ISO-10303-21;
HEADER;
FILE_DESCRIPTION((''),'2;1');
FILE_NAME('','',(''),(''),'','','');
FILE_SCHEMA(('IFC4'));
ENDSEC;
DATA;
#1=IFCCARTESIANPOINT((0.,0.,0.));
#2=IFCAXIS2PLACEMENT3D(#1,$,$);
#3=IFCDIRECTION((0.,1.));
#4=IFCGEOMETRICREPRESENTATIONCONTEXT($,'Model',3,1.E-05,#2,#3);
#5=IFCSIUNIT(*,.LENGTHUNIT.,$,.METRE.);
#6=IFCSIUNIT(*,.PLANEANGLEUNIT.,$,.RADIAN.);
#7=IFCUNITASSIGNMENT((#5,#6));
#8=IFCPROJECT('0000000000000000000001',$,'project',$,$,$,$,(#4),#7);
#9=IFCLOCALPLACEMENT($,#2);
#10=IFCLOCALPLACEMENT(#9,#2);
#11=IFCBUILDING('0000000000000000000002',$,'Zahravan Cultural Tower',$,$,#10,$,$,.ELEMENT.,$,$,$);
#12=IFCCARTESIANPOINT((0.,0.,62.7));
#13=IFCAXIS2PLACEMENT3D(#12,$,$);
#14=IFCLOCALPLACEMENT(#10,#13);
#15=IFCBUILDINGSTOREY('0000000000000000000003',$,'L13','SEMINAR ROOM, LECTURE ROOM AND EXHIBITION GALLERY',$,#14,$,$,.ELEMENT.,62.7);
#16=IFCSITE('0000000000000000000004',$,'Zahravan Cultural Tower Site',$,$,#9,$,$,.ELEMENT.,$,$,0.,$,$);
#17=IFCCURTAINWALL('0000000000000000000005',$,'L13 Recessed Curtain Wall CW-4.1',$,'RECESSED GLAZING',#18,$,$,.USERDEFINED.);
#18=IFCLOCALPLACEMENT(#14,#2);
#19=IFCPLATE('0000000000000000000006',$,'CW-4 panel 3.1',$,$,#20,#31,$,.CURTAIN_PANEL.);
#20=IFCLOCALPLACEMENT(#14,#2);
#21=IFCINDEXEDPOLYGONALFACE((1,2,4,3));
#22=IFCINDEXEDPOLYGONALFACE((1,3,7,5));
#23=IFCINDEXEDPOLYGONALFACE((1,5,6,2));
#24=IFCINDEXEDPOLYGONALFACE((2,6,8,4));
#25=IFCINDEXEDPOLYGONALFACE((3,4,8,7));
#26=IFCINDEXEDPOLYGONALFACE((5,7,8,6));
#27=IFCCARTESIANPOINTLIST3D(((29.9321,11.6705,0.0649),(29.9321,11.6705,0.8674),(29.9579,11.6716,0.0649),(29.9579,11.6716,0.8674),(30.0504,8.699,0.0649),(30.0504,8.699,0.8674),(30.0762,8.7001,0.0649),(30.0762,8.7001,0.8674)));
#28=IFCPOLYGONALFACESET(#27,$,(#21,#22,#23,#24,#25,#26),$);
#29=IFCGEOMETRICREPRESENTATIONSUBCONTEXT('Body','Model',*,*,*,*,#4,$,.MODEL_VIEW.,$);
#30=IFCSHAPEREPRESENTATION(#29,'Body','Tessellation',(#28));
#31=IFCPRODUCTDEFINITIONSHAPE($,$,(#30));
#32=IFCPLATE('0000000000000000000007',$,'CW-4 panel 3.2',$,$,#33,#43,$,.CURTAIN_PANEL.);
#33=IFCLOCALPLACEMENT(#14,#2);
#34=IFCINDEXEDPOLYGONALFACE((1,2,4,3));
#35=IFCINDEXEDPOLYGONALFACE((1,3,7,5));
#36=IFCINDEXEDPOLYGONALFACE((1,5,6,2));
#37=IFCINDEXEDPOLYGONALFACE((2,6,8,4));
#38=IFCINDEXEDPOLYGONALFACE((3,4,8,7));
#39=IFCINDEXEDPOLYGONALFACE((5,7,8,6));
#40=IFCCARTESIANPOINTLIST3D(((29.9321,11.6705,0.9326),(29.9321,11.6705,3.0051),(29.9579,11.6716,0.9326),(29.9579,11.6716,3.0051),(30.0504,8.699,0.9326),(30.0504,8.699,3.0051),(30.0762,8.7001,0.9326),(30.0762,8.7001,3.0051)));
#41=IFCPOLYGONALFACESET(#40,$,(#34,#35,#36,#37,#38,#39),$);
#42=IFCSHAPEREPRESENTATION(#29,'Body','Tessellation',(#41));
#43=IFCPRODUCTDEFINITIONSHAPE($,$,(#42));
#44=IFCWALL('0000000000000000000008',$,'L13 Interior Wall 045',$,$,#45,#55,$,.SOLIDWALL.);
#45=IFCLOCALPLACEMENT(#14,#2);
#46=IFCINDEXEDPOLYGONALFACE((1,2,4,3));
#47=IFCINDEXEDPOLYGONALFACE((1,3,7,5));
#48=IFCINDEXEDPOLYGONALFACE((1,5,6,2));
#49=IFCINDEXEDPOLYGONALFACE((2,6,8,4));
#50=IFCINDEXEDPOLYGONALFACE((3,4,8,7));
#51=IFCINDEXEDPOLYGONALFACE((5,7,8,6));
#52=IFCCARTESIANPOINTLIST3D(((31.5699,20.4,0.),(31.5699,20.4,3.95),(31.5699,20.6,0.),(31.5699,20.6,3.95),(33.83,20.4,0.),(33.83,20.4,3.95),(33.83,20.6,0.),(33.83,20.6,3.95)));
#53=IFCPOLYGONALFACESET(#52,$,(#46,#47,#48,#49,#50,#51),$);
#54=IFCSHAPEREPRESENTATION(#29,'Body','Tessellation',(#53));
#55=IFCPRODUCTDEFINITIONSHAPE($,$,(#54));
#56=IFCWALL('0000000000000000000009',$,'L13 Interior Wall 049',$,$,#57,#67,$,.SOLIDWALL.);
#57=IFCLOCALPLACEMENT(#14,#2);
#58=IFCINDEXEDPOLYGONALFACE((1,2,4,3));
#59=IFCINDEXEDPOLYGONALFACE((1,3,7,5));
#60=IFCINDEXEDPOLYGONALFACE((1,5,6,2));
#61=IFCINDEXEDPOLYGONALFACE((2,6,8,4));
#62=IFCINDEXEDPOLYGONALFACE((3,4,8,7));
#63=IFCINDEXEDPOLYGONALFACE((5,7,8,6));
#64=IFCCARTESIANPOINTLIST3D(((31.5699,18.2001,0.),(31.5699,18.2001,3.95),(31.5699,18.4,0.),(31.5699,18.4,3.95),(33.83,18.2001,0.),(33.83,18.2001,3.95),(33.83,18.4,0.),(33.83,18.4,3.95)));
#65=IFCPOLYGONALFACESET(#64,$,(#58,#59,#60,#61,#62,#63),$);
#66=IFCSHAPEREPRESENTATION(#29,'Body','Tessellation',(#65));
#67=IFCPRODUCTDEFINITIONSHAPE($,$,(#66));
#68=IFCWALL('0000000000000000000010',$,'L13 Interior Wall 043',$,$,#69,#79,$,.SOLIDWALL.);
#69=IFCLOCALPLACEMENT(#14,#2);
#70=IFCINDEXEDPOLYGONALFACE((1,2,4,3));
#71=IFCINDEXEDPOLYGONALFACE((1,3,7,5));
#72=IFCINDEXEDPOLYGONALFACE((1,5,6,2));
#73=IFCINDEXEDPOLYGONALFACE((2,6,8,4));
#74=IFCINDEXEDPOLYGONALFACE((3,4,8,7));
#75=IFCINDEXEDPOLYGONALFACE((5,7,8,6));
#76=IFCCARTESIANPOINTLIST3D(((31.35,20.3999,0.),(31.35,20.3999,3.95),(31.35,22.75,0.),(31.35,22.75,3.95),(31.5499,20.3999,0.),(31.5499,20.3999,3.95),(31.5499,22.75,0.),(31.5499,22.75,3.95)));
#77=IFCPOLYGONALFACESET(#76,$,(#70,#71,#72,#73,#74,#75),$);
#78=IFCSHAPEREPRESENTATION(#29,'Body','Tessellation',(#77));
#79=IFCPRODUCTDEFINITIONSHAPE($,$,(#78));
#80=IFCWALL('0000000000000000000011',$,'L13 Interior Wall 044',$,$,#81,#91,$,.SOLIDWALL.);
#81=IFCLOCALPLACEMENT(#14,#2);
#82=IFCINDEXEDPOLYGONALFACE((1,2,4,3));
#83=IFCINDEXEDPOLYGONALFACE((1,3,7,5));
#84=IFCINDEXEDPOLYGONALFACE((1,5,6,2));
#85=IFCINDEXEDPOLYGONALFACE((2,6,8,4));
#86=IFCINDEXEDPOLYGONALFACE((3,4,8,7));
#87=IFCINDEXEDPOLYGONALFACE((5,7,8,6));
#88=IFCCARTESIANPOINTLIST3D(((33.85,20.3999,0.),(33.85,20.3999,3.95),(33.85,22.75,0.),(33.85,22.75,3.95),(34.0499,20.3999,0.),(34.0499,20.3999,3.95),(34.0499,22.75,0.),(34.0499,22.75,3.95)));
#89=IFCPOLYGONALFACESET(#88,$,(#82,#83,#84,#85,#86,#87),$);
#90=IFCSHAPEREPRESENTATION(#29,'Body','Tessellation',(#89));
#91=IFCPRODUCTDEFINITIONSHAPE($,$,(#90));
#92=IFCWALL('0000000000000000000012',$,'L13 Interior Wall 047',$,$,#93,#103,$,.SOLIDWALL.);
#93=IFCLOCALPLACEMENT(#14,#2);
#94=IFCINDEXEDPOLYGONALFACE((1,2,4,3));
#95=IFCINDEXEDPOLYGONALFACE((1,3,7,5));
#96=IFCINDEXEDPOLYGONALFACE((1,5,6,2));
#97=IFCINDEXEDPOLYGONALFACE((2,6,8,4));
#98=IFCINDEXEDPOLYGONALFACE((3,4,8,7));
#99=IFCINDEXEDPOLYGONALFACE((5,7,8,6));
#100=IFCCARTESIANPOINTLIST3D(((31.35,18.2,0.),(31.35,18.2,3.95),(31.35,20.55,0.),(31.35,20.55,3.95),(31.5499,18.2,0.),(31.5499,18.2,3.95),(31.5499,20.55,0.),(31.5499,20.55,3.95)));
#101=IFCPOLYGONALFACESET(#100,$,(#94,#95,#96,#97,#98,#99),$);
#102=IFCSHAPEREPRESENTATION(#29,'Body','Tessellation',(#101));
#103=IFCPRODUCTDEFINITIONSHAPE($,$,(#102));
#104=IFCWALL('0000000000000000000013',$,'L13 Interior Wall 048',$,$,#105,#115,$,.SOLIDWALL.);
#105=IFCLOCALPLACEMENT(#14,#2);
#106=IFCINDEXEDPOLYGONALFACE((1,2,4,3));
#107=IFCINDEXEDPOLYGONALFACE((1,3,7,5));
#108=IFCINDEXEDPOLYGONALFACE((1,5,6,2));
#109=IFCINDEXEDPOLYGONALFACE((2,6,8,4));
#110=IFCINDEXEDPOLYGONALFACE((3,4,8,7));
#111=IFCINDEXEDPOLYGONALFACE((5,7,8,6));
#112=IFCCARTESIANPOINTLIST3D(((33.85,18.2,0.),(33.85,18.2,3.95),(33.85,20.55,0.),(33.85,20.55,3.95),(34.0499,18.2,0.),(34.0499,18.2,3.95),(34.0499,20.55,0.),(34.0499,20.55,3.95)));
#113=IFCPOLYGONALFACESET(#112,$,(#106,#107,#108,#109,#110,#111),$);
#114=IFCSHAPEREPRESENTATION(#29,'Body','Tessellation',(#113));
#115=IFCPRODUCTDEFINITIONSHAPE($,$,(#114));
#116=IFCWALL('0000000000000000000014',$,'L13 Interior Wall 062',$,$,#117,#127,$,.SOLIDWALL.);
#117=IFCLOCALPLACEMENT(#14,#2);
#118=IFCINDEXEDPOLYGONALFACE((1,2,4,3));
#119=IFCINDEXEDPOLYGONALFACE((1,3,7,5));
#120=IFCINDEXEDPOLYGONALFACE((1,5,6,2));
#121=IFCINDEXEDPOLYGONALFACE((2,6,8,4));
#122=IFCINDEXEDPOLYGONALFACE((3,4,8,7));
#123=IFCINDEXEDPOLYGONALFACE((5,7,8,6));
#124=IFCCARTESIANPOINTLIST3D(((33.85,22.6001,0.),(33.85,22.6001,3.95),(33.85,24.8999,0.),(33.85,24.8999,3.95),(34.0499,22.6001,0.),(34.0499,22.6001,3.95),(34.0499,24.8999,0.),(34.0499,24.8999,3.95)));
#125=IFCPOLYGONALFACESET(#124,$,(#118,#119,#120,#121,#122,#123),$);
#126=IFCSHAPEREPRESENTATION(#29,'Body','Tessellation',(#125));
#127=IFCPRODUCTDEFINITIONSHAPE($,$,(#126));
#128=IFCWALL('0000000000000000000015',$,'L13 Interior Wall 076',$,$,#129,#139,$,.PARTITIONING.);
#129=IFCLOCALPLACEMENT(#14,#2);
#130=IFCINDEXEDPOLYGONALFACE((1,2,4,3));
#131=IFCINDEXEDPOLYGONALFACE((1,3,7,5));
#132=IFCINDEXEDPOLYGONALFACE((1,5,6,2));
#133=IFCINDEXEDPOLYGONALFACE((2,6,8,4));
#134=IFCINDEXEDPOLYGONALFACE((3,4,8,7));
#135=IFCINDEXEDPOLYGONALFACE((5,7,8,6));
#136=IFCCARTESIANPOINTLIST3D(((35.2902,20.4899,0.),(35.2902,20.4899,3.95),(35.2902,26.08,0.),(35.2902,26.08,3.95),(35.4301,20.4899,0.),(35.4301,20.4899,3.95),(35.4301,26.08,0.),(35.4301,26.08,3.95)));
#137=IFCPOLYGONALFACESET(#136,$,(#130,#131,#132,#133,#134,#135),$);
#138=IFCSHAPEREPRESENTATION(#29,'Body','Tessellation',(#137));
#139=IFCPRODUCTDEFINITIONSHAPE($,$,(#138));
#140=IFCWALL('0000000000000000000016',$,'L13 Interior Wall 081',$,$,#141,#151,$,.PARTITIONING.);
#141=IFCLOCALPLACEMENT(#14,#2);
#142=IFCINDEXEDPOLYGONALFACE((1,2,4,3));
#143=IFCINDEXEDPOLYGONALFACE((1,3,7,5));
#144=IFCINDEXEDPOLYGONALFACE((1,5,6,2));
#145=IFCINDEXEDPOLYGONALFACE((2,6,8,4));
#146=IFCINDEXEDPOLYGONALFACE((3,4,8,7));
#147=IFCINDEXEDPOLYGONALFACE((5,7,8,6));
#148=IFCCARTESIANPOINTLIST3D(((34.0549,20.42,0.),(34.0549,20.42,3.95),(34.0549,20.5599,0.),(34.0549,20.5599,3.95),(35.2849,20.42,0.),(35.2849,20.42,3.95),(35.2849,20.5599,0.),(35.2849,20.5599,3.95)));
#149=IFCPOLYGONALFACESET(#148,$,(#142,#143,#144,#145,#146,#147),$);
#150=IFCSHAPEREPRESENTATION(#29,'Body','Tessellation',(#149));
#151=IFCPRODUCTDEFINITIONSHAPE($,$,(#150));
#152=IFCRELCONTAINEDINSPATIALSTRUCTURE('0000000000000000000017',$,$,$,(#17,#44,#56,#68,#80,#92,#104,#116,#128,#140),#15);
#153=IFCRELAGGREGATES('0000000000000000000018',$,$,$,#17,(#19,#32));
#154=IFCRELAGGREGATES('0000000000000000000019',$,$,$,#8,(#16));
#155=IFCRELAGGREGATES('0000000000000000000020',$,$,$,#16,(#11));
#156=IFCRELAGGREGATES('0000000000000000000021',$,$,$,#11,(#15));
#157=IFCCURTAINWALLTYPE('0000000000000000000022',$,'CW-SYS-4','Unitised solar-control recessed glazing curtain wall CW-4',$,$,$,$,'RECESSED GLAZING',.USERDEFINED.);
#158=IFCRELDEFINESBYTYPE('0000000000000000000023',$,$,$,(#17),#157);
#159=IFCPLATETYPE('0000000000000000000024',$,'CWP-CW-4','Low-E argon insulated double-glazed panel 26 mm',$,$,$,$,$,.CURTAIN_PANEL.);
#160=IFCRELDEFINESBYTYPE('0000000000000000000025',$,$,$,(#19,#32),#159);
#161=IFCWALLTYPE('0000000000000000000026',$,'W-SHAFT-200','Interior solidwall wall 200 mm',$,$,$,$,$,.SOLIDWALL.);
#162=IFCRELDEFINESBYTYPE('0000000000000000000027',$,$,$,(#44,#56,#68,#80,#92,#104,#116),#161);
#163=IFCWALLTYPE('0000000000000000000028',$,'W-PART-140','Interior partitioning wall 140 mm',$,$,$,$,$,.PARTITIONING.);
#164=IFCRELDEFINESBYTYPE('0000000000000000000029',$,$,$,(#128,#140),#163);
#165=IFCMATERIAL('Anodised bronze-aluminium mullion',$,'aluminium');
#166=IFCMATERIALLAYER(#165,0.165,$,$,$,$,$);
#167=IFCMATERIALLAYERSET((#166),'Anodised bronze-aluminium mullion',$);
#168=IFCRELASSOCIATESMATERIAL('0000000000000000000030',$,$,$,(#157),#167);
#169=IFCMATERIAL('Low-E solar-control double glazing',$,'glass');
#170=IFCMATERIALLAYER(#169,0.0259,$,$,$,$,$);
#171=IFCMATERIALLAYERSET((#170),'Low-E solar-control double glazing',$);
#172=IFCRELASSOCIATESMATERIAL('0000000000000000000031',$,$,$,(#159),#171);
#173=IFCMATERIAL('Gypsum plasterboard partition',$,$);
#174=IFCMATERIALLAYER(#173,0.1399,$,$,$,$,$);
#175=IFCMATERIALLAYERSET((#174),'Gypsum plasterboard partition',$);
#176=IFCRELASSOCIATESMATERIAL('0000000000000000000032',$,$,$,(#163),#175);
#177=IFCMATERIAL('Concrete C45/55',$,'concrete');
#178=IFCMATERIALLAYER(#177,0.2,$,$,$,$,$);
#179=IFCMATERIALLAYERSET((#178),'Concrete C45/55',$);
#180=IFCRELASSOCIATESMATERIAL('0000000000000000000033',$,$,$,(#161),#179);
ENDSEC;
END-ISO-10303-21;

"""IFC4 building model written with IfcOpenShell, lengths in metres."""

from ifc_helpers import new_model, si_unit, direction, frame, frame_2d, origin, origin_2d, place, context, subcontext, project, spatial, rectangle, extrude, source, transform, mapped, material, layer, layer_set, type_object, element, aggregate, save


model = new_model("IFC4")

# Units and contexts
model_context = context("Model", 3, precision=1e-05, world=origin(), true_north=direction((0.0, 1.0)))
body_context = subcontext(model_context, "Body", "Model", "MODEL_VIEW")
ifc_project = project(units=[si_unit("LENGTHUNIT", "METRE"), si_unit("PLANEANGLEUNIT", "RADIAN")], contexts=[model_context])

# Site, building, storey
site_placement = place(None, origin())
site = spatial("IfcSite", under=ifc_project, at=site_placement, Name="Zahravan Cultural Tower Site", CompositionType="ELEMENT", RefElevation=0.0)
building_placement = place(site_placement, origin())
building = spatial("IfcBuilding", under=site, at=building_placement, Name="Zahravan Cultural Tower", CompositionType="ELEMENT")
storey_placement = place(building_placement, frame((0.0, 0.0, 62.7)))
storey = spatial("IfcBuildingStorey", under=building, at=storey_placement, Name="L13", Description="SEMINAR ROOM, LECTURE ROOM AND EXHIBITION GALLERY", CompositionType="ELEMENT", Elevation=62.7)

# Curtain wall, plates
ifc_material_1 = material(Name="Anodised bronze-aluminium mullion", Category="aluminium")
ifc_layer_1 = layer(ifc_material_1, 0.165)
ifc_layer_set_1 = layer_set([ifc_layer_1], Name="Anodised bronze-aluminium mullion")
curtain_wall_type = type_object("IfcCurtainWallType", Name="CW-SYS-4", Description="Unitised solar-control recessed glazing curtain wall CW-4", ElementType="RECESSED GLAZING", PredefinedType="USERDEFINED", material=ifc_layer_set_1)
curtain_wall_placement = place(storey_placement, origin())
curtain_wall = element("IfcCurtainWall", 1, at=curtain_wall_placement, inside=storey, type_object=curtain_wall_type, Name="L13 Recessed Curtain Wall CW-4.1", ObjectType="RECESSED GLAZING", PredefinedType="USERDEFINED")
ifc_material_2 = material(Name="Low-E solar-control double glazing", Category="glass")
ifc_layer_2 = layer(ifc_material_2, 0.0259)
ifc_layer_set_2 = layer_set([ifc_layer_2], Name="Low-E solar-control double glazing")
plate_type = type_object("IfcPlateType", Name="CWP-CW-4", Description="Low-E argon insulated double-glazed panel 26 mm", PredefinedType="CURTAIN_PANEL", material=ifc_layer_set_2)
shared_shape_1 = source(origin(), body_context, "Body", "SweptSolid", [
    extrude(rectangle(XDim=2.9739, YDim=0.0259, at=origin_2d()), origin(), (0.0, 0.0, 1.0), 0.8025),
])
plate_1_placement = place(storey_placement, frame((30.0042, 10.1853, 0.0649), z_axis=(0.0, 0.0, 1.0), x_axis=(-0.039785, 0.999208, 0.0)))
plate_1 = element("IfcPlate", 2, at=plate_1_placement, type_object=plate_type, Name="CW-4 panel 3.1", PredefinedType="CURTAIN_PANEL", context=body_context, shape_type="MappedRepresentation", body=[
    mapped(shared_shape_1, transform((0.0, 0.0, 0.0), x_axis=(1.0, 0.0, 0.0), y_axis=(0.0, 1.0, 0.0), z_axis=(0.0, 0.0, 1.0), scale=1.0)),
])
shared_shape_2 = source(origin(), body_context, "Body", "SweptSolid", [
    extrude(rectangle(XDim=2.9739, YDim=0.0259, at=origin_2d()), origin(), (0.0, 0.0, 1.0), 2.0725),
])
plate_2_placement = place(storey_placement, frame((30.0042, 10.1853, 0.9326), z_axis=(0.0, 0.0, 1.0), x_axis=(-0.039785, 0.999208, 0.0)))
plate_2 = element("IfcPlate", 3, at=plate_2_placement, type_object=plate_type, Name="CW-4 panel 3.2", PredefinedType="CURTAIN_PANEL", context=body_context, shape_type="MappedRepresentation", body=[
    mapped(shared_shape_2, transform((0.0, 0.0, 0.0), x_axis=(1.0, 0.0, 0.0), y_axis=(0.0, 1.0, 0.0), z_axis=(0.0, 0.0, 1.0), scale=1.0)),
])
aggregate(curtain_wall, [plate_1, plate_2])

# Shared definitions
ifc_material_3 = material(Name="Gypsum plasterboard partition")
ifc_layer_3 = layer(ifc_material_3, 0.1399)
ifc_layer_set_3 = layer_set([ifc_layer_3], Name="Gypsum plasterboard partition")
wall_type_1 = type_object("IfcWallType", Name="W-PART-140", Description="Interior partitioning wall 140 mm", PredefinedType="PARTITIONING", material=ifc_layer_set_3)
ifc_material_4 = material(Name="Concrete C45/55", Category="concrete")
ifc_layer_4 = layer(ifc_material_4, 0.2)
ifc_layer_set_4 = layer_set([ifc_layer_4], Name="Concrete C45/55")
wall_type_2 = type_object("IfcWallType", Name="W-SHAFT-200", Description="Interior solidwall wall 200 mm", PredefinedType="SOLIDWALL", material=ifc_layer_set_4)

# Walls
shared_shape_3 = source(origin(), body_context, "Body", "SweptSolid", [
    extrude(rectangle(XDim=2.26, YDim=0.2, at=frame_2d((1.1299, 0.0))), origin(), (0.0, 0.0, 1.0), 3.95),
])
for number, where, z_axis, x_axis, name in (
    (4, (31.5701, 20.5, 0.0), (0.0, 0.0, 1.0), (1.0, 0.0, 0.0), "L13 Interior Wall 045"),
    (5, (31.5701, 18.3, 0.0), (0.0, 0.0, 1.0), (1.0, 0.0, 0.0), "L13 Interior Wall 049"),
):
    element("IfcWall", number, at=place(storey_placement, frame(where, z_axis=z_axis, x_axis=x_axis)), inside=storey, type_object=wall_type_2, Name=name, PredefinedType="SOLIDWALL", context=body_context, shape_type="MappedRepresentation", body=[
        mapped(shared_shape_3, transform((0.0, 0.0, 0.0), x_axis=(1.0, 0.0, 0.0), y_axis=(0.0, 1.0, 0.0), z_axis=(0.0, 0.0, 1.0), scale=1.0)),
    ])
shared_shape_4 = source(origin(), body_context, "Body", "SweptSolid", [
    extrude(rectangle(XDim=2.3501, YDim=0.2, at=frame_2d((1.175, 0.0))), origin(), (0.0, 0.0, 1.0), 3.95),
])
for number, where, z_axis, x_axis, name in (
    (6, (31.45, 20.3999, 0.0), (0.0, 0.0, 1.0), (0.0, 1.0, 0.0), "L13 Interior Wall 043"),
    (7, (33.95, 20.3999, 0.0), (0.0, 0.0, 1.0), (0.0, 1.0, 0.0), "L13 Interior Wall 044"),
    (8, (31.45, 18.2, 0.0), (0.0, 0.0, 1.0), (0.0, 1.0, 0.0), "L13 Interior Wall 047"),
    (9, (33.95, 18.2, 0.0), (0.0, 0.0, 1.0), (0.0, 1.0, 0.0), "L13 Interior Wall 048"),
):
    element("IfcWall", number, at=place(storey_placement, frame(where, z_axis=z_axis, x_axis=x_axis)), inside=storey, type_object=wall_type_2, Name=name, PredefinedType="SOLIDWALL", context=body_context, shape_type="MappedRepresentation", body=[
        mapped(shared_shape_4, transform((0.0, 0.0, 0.0), x_axis=(1.0, 0.0, 0.0), y_axis=(0.0, 1.0, 0.0), z_axis=(0.0, 0.0, 1.0), scale=1.0)),
    ])
shared_shape_5 = source(origin(), body_context, "Body", "SweptSolid", [
    extrude(rectangle(XDim=2.2998, YDim=0.2, at=frame_2d((1.1499, 0.0))), origin(), (0.0, 0.0, 1.0), 3.95),
])
wall_1_placement = place(storey_placement, frame((33.95, 22.6001, 0.0), z_axis=(0.0, 0.0, 1.0), x_axis=(0.0, 1.0, 0.0)))
element("IfcWall", 10, at=wall_1_placement, inside=storey, type_object=wall_type_2, Name="L13 Interior Wall 062", PredefinedType="SOLIDWALL", context=body_context, shape_type="MappedRepresentation", body=[
    mapped(shared_shape_5, transform((0.0, 0.0, 0.0), x_axis=(1.0, 0.0, 0.0), y_axis=(0.0, 1.0, 0.0), z_axis=(0.0, 0.0, 1.0), scale=1.0)),
])
shared_shape_6 = source(origin(), body_context, "Body", "SweptSolid", [
    extrude(rectangle(XDim=5.5901, YDim=0.1399, at=frame_2d((2.7949, 0.0))), origin(), (0.0, 0.0, 1.0), 3.95),
])
wall_2_placement = place(storey_placement, frame((35.3601, 20.49, 0.0), z_axis=(0.0, 0.0, 1.0), x_axis=(0.0, 1.0, 0.0)))
element("IfcWall", 11, at=wall_2_placement, inside=storey, type_object=wall_type_1, Name="L13 Interior Wall 076", PredefinedType="PARTITIONING", context=body_context, shape_type="MappedRepresentation", body=[
    mapped(shared_shape_6, transform((0.0, 0.0, 0.0), x_axis=(1.0, 0.0, 0.0), y_axis=(0.0, 1.0, 0.0), z_axis=(0.0, 0.0, 1.0), scale=1.0)),
])
shared_shape_7 = source(origin(), body_context, "Body", "SweptSolid", [
    extrude(rectangle(XDim=1.23, YDim=0.1399, at=frame_2d((0.615, 0.0))), origin(), (0.0, 0.0, 1.0), 3.95),
])
wall_3_placement = place(storey_placement, frame((35.2849, 20.49, 0.0), z_axis=(0.0, 0.0, 1.0), x_axis=(-1.0, 0.0, 0.0)))
element("IfcWall", 12, at=wall_3_placement, inside=storey, type_object=wall_type_1, Name="L13 Interior Wall 081", PredefinedType="PARTITIONING", context=body_context, shape_type="MappedRepresentation", body=[
    mapped(shared_shape_7, transform((0.0, 0.0, 0.0), x_axis=(1.0, 0.0, 0.0), y_axis=(0.0, 1.0, 0.0), z_axis=(0.0, 0.0, 1.0), scale=1.0)),
])

save(model, "model.ifc")
